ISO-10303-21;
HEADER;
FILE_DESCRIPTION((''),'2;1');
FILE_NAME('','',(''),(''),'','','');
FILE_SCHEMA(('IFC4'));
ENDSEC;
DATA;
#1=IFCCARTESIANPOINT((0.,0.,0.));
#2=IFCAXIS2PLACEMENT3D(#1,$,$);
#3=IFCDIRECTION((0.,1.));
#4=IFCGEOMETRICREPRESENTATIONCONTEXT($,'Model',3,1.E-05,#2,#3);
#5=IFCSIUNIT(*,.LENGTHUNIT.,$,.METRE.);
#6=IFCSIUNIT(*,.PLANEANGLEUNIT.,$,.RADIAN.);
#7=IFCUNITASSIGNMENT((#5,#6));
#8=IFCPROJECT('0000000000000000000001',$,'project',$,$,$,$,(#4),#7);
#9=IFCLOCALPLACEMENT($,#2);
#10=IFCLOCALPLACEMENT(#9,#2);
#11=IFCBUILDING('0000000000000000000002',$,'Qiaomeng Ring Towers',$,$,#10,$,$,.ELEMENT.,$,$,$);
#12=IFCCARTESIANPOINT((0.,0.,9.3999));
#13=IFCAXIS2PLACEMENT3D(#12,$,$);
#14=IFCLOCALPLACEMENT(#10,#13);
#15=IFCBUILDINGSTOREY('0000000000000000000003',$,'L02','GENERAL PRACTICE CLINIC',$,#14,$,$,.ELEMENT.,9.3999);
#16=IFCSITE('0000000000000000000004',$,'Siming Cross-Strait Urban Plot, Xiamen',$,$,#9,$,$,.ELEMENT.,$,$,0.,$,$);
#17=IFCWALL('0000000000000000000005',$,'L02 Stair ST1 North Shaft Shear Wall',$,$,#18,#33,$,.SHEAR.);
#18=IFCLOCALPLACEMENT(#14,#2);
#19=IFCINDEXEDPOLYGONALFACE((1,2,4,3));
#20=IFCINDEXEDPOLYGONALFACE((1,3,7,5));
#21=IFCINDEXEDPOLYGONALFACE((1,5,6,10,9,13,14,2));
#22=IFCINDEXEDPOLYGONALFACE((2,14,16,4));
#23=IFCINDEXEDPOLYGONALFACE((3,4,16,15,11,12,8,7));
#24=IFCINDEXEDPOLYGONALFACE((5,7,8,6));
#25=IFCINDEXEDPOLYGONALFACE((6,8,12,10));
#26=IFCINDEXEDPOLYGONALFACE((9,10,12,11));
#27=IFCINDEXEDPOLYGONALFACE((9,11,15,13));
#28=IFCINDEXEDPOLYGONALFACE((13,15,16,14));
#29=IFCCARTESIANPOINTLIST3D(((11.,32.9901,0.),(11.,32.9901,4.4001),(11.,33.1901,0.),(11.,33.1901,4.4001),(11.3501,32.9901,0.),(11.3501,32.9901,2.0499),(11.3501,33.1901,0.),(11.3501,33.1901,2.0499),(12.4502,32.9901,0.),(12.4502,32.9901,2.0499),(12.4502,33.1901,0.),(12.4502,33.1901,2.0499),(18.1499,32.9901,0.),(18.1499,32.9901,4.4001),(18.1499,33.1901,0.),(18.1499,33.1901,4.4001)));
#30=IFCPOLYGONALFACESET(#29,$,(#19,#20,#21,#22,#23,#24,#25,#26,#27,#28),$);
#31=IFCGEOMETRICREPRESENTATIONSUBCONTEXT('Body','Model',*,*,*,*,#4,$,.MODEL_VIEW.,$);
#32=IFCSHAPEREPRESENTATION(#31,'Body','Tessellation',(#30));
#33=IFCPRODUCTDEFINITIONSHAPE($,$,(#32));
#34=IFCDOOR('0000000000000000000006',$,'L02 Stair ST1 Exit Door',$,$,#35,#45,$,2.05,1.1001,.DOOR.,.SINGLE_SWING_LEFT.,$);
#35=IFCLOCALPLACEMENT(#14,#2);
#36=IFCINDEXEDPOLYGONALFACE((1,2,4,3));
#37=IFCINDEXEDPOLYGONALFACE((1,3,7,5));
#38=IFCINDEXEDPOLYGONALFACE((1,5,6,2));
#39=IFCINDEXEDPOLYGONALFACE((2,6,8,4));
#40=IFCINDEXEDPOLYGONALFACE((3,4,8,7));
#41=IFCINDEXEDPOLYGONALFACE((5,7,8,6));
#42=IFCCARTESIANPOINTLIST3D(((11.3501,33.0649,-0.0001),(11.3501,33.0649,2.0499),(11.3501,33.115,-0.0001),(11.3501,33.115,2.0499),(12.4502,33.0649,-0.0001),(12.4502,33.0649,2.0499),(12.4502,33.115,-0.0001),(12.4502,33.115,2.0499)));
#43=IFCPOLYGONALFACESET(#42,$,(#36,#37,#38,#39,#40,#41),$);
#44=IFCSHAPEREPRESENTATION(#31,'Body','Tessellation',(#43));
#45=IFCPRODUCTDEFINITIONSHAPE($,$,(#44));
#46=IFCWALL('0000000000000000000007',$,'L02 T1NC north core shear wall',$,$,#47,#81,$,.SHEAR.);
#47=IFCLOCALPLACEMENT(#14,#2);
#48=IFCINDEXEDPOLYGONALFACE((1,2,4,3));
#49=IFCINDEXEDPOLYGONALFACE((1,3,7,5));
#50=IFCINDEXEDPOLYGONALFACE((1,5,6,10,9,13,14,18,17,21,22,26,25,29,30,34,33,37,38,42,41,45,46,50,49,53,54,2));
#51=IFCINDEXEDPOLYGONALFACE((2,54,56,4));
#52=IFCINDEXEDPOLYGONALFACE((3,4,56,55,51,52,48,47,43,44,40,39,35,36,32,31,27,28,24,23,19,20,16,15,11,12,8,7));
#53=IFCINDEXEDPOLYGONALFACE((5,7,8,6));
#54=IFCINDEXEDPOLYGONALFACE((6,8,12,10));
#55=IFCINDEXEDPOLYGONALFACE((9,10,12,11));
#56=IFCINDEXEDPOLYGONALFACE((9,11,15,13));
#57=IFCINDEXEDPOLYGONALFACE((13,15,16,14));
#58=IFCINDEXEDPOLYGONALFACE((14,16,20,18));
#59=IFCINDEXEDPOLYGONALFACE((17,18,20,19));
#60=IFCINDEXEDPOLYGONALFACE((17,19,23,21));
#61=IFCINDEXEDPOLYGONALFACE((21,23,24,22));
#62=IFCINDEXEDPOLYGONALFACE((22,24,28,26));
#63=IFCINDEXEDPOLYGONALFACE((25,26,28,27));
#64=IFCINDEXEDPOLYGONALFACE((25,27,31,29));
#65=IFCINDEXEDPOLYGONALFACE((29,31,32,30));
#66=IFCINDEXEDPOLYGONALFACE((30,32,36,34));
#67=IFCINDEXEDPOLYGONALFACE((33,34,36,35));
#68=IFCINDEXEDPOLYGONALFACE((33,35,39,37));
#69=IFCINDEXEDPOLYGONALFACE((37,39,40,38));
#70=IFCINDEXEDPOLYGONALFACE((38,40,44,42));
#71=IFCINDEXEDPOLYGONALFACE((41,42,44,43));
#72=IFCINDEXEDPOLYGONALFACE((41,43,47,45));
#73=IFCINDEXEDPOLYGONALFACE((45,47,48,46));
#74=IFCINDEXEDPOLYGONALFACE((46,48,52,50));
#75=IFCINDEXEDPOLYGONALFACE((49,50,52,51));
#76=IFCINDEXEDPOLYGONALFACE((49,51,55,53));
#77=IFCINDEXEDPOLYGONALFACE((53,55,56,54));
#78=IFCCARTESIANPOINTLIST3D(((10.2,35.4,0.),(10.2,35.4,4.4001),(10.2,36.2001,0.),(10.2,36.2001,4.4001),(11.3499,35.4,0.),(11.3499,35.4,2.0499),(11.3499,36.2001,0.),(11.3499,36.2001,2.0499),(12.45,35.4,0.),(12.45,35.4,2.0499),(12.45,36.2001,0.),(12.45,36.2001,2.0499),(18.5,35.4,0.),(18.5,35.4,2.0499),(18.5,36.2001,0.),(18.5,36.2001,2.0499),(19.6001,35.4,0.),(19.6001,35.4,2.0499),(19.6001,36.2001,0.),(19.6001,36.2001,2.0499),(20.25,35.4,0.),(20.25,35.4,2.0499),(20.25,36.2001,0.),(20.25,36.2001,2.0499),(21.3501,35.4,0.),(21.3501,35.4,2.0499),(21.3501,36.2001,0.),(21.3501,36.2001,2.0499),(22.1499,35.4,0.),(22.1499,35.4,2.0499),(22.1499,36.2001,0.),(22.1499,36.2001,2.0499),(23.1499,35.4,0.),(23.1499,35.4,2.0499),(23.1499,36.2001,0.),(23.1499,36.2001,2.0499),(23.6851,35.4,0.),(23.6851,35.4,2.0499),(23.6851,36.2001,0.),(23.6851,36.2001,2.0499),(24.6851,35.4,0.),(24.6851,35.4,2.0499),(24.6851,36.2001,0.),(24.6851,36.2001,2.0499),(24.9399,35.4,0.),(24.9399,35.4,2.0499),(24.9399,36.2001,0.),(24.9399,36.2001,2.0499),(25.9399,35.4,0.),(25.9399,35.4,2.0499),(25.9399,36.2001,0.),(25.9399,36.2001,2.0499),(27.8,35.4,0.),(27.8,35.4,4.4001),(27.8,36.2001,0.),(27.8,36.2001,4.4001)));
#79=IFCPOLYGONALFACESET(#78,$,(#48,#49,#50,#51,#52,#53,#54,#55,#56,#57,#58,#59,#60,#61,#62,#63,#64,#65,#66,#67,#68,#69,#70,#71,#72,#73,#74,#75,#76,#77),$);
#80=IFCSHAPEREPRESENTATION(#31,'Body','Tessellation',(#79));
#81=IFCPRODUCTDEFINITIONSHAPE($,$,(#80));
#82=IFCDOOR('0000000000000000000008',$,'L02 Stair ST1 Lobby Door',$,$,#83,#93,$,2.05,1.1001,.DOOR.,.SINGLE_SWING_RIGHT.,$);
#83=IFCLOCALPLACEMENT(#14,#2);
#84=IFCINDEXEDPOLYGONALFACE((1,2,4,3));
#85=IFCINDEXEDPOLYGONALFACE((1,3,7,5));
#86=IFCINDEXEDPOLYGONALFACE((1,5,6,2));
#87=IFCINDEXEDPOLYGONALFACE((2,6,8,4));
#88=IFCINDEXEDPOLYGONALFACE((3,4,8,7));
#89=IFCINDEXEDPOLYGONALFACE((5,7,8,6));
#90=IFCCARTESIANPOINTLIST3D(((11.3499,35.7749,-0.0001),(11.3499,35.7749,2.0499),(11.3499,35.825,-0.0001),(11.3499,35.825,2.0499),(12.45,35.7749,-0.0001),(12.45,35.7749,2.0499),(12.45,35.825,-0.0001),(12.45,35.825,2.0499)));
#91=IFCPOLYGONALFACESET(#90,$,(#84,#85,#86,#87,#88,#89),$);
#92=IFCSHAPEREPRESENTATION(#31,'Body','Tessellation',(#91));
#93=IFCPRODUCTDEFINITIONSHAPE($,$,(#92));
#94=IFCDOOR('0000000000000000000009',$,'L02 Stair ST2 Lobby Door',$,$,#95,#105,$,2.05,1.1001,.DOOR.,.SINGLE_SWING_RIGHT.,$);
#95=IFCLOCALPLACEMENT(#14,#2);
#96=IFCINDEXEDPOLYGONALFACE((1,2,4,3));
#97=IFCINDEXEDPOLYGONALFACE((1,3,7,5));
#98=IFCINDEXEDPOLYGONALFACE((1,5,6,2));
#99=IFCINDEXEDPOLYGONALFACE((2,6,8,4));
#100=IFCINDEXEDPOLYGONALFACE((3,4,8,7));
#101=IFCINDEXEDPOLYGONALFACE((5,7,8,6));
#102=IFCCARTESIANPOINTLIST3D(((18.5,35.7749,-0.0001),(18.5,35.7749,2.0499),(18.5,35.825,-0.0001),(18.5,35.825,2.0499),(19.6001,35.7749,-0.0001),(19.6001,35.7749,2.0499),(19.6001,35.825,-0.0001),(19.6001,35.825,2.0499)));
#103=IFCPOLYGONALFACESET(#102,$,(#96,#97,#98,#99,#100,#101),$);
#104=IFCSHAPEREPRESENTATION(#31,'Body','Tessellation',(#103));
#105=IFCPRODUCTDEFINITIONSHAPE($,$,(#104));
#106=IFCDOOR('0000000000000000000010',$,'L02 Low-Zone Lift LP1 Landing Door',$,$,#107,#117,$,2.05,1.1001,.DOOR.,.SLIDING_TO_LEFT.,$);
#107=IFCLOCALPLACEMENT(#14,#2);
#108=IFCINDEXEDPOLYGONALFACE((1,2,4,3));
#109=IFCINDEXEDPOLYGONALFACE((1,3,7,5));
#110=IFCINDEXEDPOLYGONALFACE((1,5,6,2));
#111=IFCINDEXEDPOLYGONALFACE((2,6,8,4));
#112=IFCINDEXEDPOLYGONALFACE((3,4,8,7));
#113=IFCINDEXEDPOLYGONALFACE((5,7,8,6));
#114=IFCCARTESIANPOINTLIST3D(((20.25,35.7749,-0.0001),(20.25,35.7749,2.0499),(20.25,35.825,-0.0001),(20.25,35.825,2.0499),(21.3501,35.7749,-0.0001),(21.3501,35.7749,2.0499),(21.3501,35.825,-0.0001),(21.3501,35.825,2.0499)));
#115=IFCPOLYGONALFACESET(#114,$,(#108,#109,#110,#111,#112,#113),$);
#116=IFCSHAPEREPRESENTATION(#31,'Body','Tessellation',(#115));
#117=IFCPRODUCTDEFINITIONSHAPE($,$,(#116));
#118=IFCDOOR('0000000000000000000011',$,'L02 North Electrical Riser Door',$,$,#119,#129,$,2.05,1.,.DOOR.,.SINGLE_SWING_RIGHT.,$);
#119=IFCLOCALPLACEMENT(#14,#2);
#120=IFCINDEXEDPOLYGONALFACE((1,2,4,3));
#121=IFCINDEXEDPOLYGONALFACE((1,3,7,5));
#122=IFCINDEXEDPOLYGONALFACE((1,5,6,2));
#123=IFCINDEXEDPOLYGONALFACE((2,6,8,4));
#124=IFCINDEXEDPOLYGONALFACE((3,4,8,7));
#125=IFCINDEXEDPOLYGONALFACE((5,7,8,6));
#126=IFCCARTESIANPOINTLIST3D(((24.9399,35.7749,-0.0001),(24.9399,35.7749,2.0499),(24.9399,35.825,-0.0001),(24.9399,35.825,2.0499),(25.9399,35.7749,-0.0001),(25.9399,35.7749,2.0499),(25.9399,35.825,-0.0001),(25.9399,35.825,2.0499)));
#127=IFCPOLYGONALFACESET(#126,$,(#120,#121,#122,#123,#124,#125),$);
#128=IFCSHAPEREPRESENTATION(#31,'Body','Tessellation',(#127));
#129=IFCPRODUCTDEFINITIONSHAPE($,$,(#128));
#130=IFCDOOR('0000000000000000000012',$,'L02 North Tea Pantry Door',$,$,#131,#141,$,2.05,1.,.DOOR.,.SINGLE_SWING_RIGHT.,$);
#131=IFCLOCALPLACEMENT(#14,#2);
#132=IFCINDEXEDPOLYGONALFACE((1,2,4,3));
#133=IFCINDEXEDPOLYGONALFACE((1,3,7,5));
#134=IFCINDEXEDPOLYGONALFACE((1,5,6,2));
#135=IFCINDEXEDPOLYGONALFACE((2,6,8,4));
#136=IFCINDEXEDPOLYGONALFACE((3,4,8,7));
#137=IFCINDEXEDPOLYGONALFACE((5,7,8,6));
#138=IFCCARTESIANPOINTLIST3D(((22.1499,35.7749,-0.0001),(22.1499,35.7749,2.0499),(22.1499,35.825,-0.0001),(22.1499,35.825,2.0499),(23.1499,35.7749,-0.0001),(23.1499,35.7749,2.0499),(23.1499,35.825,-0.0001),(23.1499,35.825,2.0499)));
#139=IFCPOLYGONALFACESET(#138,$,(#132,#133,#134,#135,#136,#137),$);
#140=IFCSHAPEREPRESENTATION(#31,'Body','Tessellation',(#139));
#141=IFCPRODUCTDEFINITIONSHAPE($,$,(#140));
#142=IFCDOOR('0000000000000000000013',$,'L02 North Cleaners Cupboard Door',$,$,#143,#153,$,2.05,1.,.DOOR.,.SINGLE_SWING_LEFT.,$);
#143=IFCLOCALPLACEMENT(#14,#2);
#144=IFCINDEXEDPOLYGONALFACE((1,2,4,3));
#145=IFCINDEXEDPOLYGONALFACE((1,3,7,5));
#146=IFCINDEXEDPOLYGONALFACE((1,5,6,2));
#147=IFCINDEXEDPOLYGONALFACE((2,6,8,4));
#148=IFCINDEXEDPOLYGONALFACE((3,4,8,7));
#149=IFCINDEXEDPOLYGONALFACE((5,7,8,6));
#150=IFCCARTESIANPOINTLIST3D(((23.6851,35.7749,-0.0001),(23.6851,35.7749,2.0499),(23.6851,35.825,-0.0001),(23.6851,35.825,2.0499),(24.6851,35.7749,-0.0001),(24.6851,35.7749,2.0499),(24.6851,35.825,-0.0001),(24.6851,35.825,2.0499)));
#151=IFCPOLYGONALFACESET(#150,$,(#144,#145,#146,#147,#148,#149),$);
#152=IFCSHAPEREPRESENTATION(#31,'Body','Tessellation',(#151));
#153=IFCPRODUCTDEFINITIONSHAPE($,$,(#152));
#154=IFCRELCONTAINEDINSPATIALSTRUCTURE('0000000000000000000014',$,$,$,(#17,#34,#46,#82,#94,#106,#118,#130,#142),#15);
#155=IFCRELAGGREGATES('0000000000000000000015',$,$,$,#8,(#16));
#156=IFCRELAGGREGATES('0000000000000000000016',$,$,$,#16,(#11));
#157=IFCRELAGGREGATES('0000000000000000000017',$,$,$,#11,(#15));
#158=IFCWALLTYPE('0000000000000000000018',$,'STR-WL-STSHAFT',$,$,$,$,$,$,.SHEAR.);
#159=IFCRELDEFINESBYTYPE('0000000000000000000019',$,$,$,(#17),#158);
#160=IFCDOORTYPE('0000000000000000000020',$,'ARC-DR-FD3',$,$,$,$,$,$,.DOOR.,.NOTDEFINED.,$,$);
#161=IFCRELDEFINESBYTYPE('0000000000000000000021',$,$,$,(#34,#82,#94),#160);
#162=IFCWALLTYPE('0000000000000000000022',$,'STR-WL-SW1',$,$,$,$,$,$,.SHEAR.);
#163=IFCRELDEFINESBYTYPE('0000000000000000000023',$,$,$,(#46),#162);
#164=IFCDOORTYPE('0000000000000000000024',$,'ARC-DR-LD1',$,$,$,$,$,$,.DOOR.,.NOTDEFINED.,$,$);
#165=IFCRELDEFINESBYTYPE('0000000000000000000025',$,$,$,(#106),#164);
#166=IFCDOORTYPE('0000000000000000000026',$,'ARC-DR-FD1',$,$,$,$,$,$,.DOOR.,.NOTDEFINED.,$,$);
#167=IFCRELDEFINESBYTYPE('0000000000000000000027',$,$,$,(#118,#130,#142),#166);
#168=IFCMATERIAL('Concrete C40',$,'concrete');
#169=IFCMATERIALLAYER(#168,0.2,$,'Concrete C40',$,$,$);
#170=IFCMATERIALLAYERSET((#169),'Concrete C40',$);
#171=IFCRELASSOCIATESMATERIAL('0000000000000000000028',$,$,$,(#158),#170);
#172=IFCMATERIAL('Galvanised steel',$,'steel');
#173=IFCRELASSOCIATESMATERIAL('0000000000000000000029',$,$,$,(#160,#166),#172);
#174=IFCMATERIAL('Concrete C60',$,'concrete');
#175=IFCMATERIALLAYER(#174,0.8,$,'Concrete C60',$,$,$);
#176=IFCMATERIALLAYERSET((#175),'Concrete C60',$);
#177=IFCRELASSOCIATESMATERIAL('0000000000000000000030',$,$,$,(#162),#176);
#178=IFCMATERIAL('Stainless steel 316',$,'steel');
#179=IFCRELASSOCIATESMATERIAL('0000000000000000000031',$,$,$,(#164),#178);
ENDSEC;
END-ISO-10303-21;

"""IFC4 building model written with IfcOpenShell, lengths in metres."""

from ifc_helpers import new_model, si_unit, direction, frame, frame_2d, origin, place, context, subcontext, project, spatial, rectangle, extrude, source, transform, mapped, material, layer, layer_set, type_object, element, fill, save


model = new_model("IFC4")

# Units and contexts
model_context = context("Model", 3, precision=1e-05, world=origin(), true_north=direction((0.0, 1.0)))
body_context = subcontext(model_context, "Body", "Model", "MODEL_VIEW")
ifc_project = project(units=[si_unit("LENGTHUNIT", "METRE"), si_unit("PLANEANGLEUNIT", "RADIAN")], contexts=[model_context])

# Site, building, storey
site_placement = place(None, origin())
site = spatial("IfcSite", under=ifc_project, at=site_placement, Name="Siming Cross-Strait Urban Plot, Xiamen", CompositionType="ELEMENT", RefElevation=0.0)
building_placement = place(site_placement, origin())
building = spatial("IfcBuilding", under=site, at=building_placement, Name="Qiaomeng Ring Towers", CompositionType="ELEMENT")
storey_placement = place(building_placement, frame((0.0, 0.0, 9.3999)))
storey = spatial("IfcBuildingStorey", under=building, at=storey_placement, Name="L02", Description="GENERAL PRACTICE CLINIC", CompositionType="ELEMENT", Elevation=9.3999)

# Shared definitions
ifc_material_1 = material(Name="Concrete C60", Category="concrete")

# Shared definitions
shared_shape_1 = source(origin(), body_context, "Body", "SweptSolid", [
    extrude(rectangle(XDim=1.0, YDim=2.05, at=frame_2d((0.5, 1.0249))), frame((0.0, 0.0249, 0.0), z_axis=(0.0, -1.0, 0.0), x_axis=(1.0, 0.0, 0.0)), (0.0, 0.0, 1.0), 0.05),
])

# Shared definitions
ifc_material_2 = material(Name="Concrete C40", Category="concrete")
ifc_layer_1 = layer(ifc_material_2, 0.2, Name="Concrete C40")
ifc_layer_set_1 = layer_set([ifc_layer_1], Name="Concrete C40")
wall_type_1 = type_object("IfcWallType", Name="STR-WL-STSHAFT", PredefinedType="SHEAR", material=ifc_layer_set_1)

# Wall, opening, door
wall_1_placement = place(storey_placement, frame((11.0, 33.0901, 0.0), z_axis=(0.0, 0.0, 1.0), x_axis=(1.0, 0.0, 0.0)))
wall_1 = element("IfcWall", 1, at=wall_1_placement, inside=storey, type_object=wall_type_1, Name="L02 Stair ST1 North Shaft Shear Wall", PredefinedType="SHEAR", context=body_context, shape_type="SweptSolid", body=[
    extrude(rectangle(XDim=7.1499, YDim=0.2, at=frame_2d((3.575, 0.0))), origin(), (0.0, 0.0, 1.0), 4.4001),
])
opening_1_placement = place(wall_1_placement, frame((0.3501, 0.0, 0.0)))
opening_1 = element("IfcOpeningElement", 2, at=opening_1_placement, cuts=wall_1, PredefinedType="OPENING", context=body_context, shape_type="SweptSolid", body=[
    extrude(rectangle(XDim=1.1001, YDim=2.05, at=frame_2d((0.55, 1.0249))), frame((0.0, 0.1099, 0.0), z_axis=(0.0, -1.0, 0.0), x_axis=(1.0, 0.0, 0.0)), (0.0, 0.0, 1.0), 0.22),
])
ifc_material_3 = material(Name="Galvanised steel", Category="steel")
door_type_1 = type_object("IfcDoorType", Name="ARC-DR-FD3", OperationType="NOTDEFINED", PredefinedType="DOOR", material=ifc_material_3)
shared_shape_2 = source(origin(), body_context, "Body", "SweptSolid", [
    extrude(rectangle(XDim=1.1001, YDim=2.05, at=frame_2d((0.55, 1.0249))), frame((0.0, 0.0249, 0.0), z_axis=(0.0, -1.0, 0.0), x_axis=(1.0, 0.0, 0.0)), (0.0, 0.0, 1.0), 0.05),
])
door_1_placement = place(opening_1_placement, origin())
door_1 = element("IfcDoor", 3, at=door_1_placement, inside=storey, type_object=door_type_1, Name="L02 Stair ST1 Exit Door", OperationType="SINGLE_SWING_LEFT", OverallHeight=2.05, OverallWidth=1.1001, PredefinedType="DOOR", context=body_context, shape_type="MappedRepresentation", body=[
    mapped(shared_shape_2, transform((0.0, 0.0, 0.0), x_axis=(1.0, 0.0, 0.0), y_axis=(0.0, 1.0, 0.0), z_axis=(0.0, 0.0, 1.0), scale=1.0)),
])
fill(opening_1, door_1)

# Wall, openings, doors
ifc_layer_2 = layer(ifc_material_1, 0.8, Name="Concrete C60")
ifc_layer_set_2 = layer_set([ifc_layer_2], Name="Concrete C60")
wall_type_2 = type_object("IfcWallType", Name="STR-WL-SW1", PredefinedType="SHEAR", material=ifc_layer_set_2)
wall_2_placement = place(storey_placement, frame((10.2, 35.8, 0.0), z_axis=(0.0, 0.0, 1.0), x_axis=(1.0, 0.0, 0.0)))
wall_2 = element("IfcWall", 4, at=wall_2_placement, inside=storey, type_object=wall_type_2, Name="L02 T1NC north core shear wall", PredefinedType="SHEAR", context=body_context, shape_type="SweptSolid", body=[
    extrude(rectangle(XDim=17.6001, YDim=0.8, at=frame_2d((8.8, 0.0))), origin(), (0.0, 0.0, 1.0), 4.4001),
])
opening_2_placement = place(wall_2_placement, frame((1.1499, 0.0, 0.0)))
opening_2 = element("IfcOpeningElement", 5, at=opening_2_placement, cuts=wall_2, PredefinedType="OPENING", context=body_context, shape_type="SweptSolid", body=[
    extrude(rectangle(XDim=1.1001, YDim=2.05, at=frame_2d((0.55, 1.0249))), frame((0.0, 0.4099, 0.0), z_axis=(0.0, -1.0, 0.0), x_axis=(1.0, 0.0, 0.0)), (0.0, 0.0, 1.0), 0.8201),
])
opening_3_placement = place(wall_2_placement, frame((8.3, 0.0, 0.0)))
opening_3 = element("IfcOpeningElement", 6, at=opening_3_placement, cuts=wall_2, PredefinedType="OPENING", context=body_context, shape_type="SweptSolid", body=[
    extrude(rectangle(XDim=1.1001, YDim=2.05, at=frame_2d((0.55, 1.0249))), frame((0.0, 0.4099, 0.0), z_axis=(0.0, -1.0, 0.0), x_axis=(1.0, 0.0, 0.0)), (0.0, 0.0, 1.0), 0.8201),
])
opening_4_placement = place(wall_2_placement, frame((10.05, 0.0, 0.0)))
opening_4 = element("IfcOpeningElement", 7, at=opening_4_placement, cuts=wall_2, PredefinedType="OPENING", context=body_context, shape_type="SweptSolid", body=[
    extrude(rectangle(XDim=1.1001, YDim=2.05, at=frame_2d((0.55, 1.0249))), frame((0.0, 0.4099, 0.0), z_axis=(0.0, -1.0, 0.0), x_axis=(1.0, 0.0, 0.0)), (0.0, 0.0, 1.0), 0.8201),
])
opening_5_placement = place(wall_2_placement, frame((14.74, 0.0, 0.0)))
opening_5 = element("IfcOpeningElement", 8, at=opening_5_placement, cuts=wall_2, PredefinedType="OPENING", context=body_context, shape_type="SweptSolid", body=[
    extrude(rectangle(XDim=1.0, YDim=2.05, at=frame_2d((0.5, 1.0249))), frame((0.0, 0.4099, 0.0), z_axis=(0.0, -1.0, 0.0), x_axis=(1.0, 0.0, 0.0)), (0.0, 0.0, 1.0), 0.8201),
])
opening_6_placement = place(wall_2_placement, frame((11.95, 0.0, 0.0)))
opening_6 = element("IfcOpeningElement", 9, at=opening_6_placement, cuts=wall_2, PredefinedType="OPENING", context=body_context, shape_type="SweptSolid", body=[
    extrude(rectangle(XDim=1.0, YDim=2.05, at=frame_2d((0.5, 1.0249))), frame((0.0, 0.4099, 0.0), z_axis=(0.0, -1.0, 0.0), x_axis=(1.0, 0.0, 0.0)), (0.0, 0.0, 1.0), 0.8201),
])
opening_7_placement = place(wall_2_placement, frame((13.4851, 0.0, 0.0)))
opening_7 = element("IfcOpeningElement", 10, at=opening_7_placement, cuts=wall_2, PredefinedType="OPENING", context=body_context, shape_type="SweptSolid", body=[
    extrude(rectangle(XDim=1.0, YDim=2.05, at=frame_2d((0.5, 1.0249))), frame((0.0, 0.4099, 0.0), z_axis=(0.0, -1.0, 0.0), x_axis=(1.0, 0.0, 0.0)), (0.0, 0.0, 1.0), 0.8201),
])
door_2_placement = place(opening_2_placement, origin())
door_2 = element("IfcDoor", 11, at=door_2_placement, inside=storey, type_object=door_type_1, Name="L02 Stair ST1 Lobby Door", OperationType="SINGLE_SWING_RIGHT", OverallHeight=2.05, OverallWidth=1.1001, PredefinedType="DOOR", context=body_context, shape_type="MappedRepresentation", body=[
    mapped(shared_shape_2, transform((0.0, 0.0, 0.0), x_axis=(1.0, 0.0, 0.0), y_axis=(0.0, 1.0, 0.0), z_axis=(0.0, 0.0, 1.0), scale=1.0)),
])
fill(opening_2, door_2)
door_3_placement = place(opening_3_placement, origin())
door_3 = element("IfcDoor", 12, at=door_3_placement, inside=storey, type_object=door_type_1, Name="L02 Stair ST2 Lobby Door", OperationType="SINGLE_SWING_RIGHT", OverallHeight=2.05, OverallWidth=1.1001, PredefinedType="DOOR", context=body_context, shape_type="MappedRepresentation", body=[
    mapped(shared_shape_2, transform((0.0, 0.0, 0.0), x_axis=(1.0, 0.0, 0.0), y_axis=(0.0, 1.0, 0.0), z_axis=(0.0, 0.0, 1.0), scale=1.0)),
])
fill(opening_3, door_3)
ifc_material_4 = material(Name="Stainless steel 316", Category="steel")
door_type_2 = type_object("IfcDoorType", Name="ARC-DR-LD1", OperationType="NOTDEFINED", PredefinedType="DOOR", material=ifc_material_4)
door_4_placement = place(opening_4_placement, origin())
door_4 = element("IfcDoor", 13, at=door_4_placement, inside=storey, type_object=door_type_2, Name="L02 Low-Zone Lift LP1 Landing Door", OperationType="SLIDING_TO_LEFT", OverallHeight=2.05, OverallWidth=1.1001, PredefinedType="DOOR", context=body_context, shape_type="MappedRepresentation", body=[
    mapped(shared_shape_2, transform((0.0, 0.0, 0.0), x_axis=(1.0, 0.0, 0.0), y_axis=(0.0, 1.0, 0.0), z_axis=(0.0, 0.0, 1.0), scale=1.0)),
])
fill(opening_4, door_4)
door_type_3 = type_object("IfcDoorType", Name="ARC-DR-FD1", OperationType="NOTDEFINED", PredefinedType="DOOR", material=ifc_material_3)
door_5_placement = place(opening_5_placement, origin())
door_5 = element("IfcDoor", 14, at=door_5_placement, inside=storey, type_object=door_type_3, Name="L02 North Electrical Riser Door", OperationType="SINGLE_SWING_RIGHT", OverallHeight=2.05, OverallWidth=1.0, PredefinedType="DOOR", context=body_context, shape_type="MappedRepresentation", body=[
    mapped(shared_shape_1, transform((0.0, 0.0, 0.0), x_axis=(1.0, 0.0, 0.0), y_axis=(0.0, 1.0, 0.0), z_axis=(0.0, 0.0, 1.0), scale=1.0)),
])
fill(opening_5, door_5)
door_6_placement = place(opening_6_placement, origin())
door_6 = element("IfcDoor", 15, at=door_6_placement, inside=storey, type_object=door_type_3, Name="L02 North Tea Pantry Door", OperationType="SINGLE_SWING_RIGHT", OverallHeight=2.05, OverallWidth=1.0, PredefinedType="DOOR", context=body_context, shape_type="MappedRepresentation", body=[
    mapped(shared_shape_1, transform((0.0, 0.0, 0.0), x_axis=(1.0, 0.0, 0.0), y_axis=(0.0, 1.0, 0.0), z_axis=(0.0, 0.0, 1.0), scale=1.0)),
])
fill(opening_6, door_6)
door_7_placement = place(opening_7_placement, origin())
door_7 = element("IfcDoor", 16, at=door_7_placement, inside=storey, type_object=door_type_3, Name="L02 North Cleaners Cupboard Door", OperationType="SINGLE_SWING_LEFT", OverallHeight=2.05, OverallWidth=1.0, PredefinedType="DOOR", context=body_context, shape_type="MappedRepresentation", body=[
    mapped(shared_shape_1, transform((0.0, 0.0, 0.0), x_axis=(1.0, 0.0, 0.0), y_axis=(0.0, 1.0, 0.0), z_axis=(0.0, 0.0, 1.0), scale=1.0)),
])
fill(opening_7, door_7)

save(model, "model.ifc")
